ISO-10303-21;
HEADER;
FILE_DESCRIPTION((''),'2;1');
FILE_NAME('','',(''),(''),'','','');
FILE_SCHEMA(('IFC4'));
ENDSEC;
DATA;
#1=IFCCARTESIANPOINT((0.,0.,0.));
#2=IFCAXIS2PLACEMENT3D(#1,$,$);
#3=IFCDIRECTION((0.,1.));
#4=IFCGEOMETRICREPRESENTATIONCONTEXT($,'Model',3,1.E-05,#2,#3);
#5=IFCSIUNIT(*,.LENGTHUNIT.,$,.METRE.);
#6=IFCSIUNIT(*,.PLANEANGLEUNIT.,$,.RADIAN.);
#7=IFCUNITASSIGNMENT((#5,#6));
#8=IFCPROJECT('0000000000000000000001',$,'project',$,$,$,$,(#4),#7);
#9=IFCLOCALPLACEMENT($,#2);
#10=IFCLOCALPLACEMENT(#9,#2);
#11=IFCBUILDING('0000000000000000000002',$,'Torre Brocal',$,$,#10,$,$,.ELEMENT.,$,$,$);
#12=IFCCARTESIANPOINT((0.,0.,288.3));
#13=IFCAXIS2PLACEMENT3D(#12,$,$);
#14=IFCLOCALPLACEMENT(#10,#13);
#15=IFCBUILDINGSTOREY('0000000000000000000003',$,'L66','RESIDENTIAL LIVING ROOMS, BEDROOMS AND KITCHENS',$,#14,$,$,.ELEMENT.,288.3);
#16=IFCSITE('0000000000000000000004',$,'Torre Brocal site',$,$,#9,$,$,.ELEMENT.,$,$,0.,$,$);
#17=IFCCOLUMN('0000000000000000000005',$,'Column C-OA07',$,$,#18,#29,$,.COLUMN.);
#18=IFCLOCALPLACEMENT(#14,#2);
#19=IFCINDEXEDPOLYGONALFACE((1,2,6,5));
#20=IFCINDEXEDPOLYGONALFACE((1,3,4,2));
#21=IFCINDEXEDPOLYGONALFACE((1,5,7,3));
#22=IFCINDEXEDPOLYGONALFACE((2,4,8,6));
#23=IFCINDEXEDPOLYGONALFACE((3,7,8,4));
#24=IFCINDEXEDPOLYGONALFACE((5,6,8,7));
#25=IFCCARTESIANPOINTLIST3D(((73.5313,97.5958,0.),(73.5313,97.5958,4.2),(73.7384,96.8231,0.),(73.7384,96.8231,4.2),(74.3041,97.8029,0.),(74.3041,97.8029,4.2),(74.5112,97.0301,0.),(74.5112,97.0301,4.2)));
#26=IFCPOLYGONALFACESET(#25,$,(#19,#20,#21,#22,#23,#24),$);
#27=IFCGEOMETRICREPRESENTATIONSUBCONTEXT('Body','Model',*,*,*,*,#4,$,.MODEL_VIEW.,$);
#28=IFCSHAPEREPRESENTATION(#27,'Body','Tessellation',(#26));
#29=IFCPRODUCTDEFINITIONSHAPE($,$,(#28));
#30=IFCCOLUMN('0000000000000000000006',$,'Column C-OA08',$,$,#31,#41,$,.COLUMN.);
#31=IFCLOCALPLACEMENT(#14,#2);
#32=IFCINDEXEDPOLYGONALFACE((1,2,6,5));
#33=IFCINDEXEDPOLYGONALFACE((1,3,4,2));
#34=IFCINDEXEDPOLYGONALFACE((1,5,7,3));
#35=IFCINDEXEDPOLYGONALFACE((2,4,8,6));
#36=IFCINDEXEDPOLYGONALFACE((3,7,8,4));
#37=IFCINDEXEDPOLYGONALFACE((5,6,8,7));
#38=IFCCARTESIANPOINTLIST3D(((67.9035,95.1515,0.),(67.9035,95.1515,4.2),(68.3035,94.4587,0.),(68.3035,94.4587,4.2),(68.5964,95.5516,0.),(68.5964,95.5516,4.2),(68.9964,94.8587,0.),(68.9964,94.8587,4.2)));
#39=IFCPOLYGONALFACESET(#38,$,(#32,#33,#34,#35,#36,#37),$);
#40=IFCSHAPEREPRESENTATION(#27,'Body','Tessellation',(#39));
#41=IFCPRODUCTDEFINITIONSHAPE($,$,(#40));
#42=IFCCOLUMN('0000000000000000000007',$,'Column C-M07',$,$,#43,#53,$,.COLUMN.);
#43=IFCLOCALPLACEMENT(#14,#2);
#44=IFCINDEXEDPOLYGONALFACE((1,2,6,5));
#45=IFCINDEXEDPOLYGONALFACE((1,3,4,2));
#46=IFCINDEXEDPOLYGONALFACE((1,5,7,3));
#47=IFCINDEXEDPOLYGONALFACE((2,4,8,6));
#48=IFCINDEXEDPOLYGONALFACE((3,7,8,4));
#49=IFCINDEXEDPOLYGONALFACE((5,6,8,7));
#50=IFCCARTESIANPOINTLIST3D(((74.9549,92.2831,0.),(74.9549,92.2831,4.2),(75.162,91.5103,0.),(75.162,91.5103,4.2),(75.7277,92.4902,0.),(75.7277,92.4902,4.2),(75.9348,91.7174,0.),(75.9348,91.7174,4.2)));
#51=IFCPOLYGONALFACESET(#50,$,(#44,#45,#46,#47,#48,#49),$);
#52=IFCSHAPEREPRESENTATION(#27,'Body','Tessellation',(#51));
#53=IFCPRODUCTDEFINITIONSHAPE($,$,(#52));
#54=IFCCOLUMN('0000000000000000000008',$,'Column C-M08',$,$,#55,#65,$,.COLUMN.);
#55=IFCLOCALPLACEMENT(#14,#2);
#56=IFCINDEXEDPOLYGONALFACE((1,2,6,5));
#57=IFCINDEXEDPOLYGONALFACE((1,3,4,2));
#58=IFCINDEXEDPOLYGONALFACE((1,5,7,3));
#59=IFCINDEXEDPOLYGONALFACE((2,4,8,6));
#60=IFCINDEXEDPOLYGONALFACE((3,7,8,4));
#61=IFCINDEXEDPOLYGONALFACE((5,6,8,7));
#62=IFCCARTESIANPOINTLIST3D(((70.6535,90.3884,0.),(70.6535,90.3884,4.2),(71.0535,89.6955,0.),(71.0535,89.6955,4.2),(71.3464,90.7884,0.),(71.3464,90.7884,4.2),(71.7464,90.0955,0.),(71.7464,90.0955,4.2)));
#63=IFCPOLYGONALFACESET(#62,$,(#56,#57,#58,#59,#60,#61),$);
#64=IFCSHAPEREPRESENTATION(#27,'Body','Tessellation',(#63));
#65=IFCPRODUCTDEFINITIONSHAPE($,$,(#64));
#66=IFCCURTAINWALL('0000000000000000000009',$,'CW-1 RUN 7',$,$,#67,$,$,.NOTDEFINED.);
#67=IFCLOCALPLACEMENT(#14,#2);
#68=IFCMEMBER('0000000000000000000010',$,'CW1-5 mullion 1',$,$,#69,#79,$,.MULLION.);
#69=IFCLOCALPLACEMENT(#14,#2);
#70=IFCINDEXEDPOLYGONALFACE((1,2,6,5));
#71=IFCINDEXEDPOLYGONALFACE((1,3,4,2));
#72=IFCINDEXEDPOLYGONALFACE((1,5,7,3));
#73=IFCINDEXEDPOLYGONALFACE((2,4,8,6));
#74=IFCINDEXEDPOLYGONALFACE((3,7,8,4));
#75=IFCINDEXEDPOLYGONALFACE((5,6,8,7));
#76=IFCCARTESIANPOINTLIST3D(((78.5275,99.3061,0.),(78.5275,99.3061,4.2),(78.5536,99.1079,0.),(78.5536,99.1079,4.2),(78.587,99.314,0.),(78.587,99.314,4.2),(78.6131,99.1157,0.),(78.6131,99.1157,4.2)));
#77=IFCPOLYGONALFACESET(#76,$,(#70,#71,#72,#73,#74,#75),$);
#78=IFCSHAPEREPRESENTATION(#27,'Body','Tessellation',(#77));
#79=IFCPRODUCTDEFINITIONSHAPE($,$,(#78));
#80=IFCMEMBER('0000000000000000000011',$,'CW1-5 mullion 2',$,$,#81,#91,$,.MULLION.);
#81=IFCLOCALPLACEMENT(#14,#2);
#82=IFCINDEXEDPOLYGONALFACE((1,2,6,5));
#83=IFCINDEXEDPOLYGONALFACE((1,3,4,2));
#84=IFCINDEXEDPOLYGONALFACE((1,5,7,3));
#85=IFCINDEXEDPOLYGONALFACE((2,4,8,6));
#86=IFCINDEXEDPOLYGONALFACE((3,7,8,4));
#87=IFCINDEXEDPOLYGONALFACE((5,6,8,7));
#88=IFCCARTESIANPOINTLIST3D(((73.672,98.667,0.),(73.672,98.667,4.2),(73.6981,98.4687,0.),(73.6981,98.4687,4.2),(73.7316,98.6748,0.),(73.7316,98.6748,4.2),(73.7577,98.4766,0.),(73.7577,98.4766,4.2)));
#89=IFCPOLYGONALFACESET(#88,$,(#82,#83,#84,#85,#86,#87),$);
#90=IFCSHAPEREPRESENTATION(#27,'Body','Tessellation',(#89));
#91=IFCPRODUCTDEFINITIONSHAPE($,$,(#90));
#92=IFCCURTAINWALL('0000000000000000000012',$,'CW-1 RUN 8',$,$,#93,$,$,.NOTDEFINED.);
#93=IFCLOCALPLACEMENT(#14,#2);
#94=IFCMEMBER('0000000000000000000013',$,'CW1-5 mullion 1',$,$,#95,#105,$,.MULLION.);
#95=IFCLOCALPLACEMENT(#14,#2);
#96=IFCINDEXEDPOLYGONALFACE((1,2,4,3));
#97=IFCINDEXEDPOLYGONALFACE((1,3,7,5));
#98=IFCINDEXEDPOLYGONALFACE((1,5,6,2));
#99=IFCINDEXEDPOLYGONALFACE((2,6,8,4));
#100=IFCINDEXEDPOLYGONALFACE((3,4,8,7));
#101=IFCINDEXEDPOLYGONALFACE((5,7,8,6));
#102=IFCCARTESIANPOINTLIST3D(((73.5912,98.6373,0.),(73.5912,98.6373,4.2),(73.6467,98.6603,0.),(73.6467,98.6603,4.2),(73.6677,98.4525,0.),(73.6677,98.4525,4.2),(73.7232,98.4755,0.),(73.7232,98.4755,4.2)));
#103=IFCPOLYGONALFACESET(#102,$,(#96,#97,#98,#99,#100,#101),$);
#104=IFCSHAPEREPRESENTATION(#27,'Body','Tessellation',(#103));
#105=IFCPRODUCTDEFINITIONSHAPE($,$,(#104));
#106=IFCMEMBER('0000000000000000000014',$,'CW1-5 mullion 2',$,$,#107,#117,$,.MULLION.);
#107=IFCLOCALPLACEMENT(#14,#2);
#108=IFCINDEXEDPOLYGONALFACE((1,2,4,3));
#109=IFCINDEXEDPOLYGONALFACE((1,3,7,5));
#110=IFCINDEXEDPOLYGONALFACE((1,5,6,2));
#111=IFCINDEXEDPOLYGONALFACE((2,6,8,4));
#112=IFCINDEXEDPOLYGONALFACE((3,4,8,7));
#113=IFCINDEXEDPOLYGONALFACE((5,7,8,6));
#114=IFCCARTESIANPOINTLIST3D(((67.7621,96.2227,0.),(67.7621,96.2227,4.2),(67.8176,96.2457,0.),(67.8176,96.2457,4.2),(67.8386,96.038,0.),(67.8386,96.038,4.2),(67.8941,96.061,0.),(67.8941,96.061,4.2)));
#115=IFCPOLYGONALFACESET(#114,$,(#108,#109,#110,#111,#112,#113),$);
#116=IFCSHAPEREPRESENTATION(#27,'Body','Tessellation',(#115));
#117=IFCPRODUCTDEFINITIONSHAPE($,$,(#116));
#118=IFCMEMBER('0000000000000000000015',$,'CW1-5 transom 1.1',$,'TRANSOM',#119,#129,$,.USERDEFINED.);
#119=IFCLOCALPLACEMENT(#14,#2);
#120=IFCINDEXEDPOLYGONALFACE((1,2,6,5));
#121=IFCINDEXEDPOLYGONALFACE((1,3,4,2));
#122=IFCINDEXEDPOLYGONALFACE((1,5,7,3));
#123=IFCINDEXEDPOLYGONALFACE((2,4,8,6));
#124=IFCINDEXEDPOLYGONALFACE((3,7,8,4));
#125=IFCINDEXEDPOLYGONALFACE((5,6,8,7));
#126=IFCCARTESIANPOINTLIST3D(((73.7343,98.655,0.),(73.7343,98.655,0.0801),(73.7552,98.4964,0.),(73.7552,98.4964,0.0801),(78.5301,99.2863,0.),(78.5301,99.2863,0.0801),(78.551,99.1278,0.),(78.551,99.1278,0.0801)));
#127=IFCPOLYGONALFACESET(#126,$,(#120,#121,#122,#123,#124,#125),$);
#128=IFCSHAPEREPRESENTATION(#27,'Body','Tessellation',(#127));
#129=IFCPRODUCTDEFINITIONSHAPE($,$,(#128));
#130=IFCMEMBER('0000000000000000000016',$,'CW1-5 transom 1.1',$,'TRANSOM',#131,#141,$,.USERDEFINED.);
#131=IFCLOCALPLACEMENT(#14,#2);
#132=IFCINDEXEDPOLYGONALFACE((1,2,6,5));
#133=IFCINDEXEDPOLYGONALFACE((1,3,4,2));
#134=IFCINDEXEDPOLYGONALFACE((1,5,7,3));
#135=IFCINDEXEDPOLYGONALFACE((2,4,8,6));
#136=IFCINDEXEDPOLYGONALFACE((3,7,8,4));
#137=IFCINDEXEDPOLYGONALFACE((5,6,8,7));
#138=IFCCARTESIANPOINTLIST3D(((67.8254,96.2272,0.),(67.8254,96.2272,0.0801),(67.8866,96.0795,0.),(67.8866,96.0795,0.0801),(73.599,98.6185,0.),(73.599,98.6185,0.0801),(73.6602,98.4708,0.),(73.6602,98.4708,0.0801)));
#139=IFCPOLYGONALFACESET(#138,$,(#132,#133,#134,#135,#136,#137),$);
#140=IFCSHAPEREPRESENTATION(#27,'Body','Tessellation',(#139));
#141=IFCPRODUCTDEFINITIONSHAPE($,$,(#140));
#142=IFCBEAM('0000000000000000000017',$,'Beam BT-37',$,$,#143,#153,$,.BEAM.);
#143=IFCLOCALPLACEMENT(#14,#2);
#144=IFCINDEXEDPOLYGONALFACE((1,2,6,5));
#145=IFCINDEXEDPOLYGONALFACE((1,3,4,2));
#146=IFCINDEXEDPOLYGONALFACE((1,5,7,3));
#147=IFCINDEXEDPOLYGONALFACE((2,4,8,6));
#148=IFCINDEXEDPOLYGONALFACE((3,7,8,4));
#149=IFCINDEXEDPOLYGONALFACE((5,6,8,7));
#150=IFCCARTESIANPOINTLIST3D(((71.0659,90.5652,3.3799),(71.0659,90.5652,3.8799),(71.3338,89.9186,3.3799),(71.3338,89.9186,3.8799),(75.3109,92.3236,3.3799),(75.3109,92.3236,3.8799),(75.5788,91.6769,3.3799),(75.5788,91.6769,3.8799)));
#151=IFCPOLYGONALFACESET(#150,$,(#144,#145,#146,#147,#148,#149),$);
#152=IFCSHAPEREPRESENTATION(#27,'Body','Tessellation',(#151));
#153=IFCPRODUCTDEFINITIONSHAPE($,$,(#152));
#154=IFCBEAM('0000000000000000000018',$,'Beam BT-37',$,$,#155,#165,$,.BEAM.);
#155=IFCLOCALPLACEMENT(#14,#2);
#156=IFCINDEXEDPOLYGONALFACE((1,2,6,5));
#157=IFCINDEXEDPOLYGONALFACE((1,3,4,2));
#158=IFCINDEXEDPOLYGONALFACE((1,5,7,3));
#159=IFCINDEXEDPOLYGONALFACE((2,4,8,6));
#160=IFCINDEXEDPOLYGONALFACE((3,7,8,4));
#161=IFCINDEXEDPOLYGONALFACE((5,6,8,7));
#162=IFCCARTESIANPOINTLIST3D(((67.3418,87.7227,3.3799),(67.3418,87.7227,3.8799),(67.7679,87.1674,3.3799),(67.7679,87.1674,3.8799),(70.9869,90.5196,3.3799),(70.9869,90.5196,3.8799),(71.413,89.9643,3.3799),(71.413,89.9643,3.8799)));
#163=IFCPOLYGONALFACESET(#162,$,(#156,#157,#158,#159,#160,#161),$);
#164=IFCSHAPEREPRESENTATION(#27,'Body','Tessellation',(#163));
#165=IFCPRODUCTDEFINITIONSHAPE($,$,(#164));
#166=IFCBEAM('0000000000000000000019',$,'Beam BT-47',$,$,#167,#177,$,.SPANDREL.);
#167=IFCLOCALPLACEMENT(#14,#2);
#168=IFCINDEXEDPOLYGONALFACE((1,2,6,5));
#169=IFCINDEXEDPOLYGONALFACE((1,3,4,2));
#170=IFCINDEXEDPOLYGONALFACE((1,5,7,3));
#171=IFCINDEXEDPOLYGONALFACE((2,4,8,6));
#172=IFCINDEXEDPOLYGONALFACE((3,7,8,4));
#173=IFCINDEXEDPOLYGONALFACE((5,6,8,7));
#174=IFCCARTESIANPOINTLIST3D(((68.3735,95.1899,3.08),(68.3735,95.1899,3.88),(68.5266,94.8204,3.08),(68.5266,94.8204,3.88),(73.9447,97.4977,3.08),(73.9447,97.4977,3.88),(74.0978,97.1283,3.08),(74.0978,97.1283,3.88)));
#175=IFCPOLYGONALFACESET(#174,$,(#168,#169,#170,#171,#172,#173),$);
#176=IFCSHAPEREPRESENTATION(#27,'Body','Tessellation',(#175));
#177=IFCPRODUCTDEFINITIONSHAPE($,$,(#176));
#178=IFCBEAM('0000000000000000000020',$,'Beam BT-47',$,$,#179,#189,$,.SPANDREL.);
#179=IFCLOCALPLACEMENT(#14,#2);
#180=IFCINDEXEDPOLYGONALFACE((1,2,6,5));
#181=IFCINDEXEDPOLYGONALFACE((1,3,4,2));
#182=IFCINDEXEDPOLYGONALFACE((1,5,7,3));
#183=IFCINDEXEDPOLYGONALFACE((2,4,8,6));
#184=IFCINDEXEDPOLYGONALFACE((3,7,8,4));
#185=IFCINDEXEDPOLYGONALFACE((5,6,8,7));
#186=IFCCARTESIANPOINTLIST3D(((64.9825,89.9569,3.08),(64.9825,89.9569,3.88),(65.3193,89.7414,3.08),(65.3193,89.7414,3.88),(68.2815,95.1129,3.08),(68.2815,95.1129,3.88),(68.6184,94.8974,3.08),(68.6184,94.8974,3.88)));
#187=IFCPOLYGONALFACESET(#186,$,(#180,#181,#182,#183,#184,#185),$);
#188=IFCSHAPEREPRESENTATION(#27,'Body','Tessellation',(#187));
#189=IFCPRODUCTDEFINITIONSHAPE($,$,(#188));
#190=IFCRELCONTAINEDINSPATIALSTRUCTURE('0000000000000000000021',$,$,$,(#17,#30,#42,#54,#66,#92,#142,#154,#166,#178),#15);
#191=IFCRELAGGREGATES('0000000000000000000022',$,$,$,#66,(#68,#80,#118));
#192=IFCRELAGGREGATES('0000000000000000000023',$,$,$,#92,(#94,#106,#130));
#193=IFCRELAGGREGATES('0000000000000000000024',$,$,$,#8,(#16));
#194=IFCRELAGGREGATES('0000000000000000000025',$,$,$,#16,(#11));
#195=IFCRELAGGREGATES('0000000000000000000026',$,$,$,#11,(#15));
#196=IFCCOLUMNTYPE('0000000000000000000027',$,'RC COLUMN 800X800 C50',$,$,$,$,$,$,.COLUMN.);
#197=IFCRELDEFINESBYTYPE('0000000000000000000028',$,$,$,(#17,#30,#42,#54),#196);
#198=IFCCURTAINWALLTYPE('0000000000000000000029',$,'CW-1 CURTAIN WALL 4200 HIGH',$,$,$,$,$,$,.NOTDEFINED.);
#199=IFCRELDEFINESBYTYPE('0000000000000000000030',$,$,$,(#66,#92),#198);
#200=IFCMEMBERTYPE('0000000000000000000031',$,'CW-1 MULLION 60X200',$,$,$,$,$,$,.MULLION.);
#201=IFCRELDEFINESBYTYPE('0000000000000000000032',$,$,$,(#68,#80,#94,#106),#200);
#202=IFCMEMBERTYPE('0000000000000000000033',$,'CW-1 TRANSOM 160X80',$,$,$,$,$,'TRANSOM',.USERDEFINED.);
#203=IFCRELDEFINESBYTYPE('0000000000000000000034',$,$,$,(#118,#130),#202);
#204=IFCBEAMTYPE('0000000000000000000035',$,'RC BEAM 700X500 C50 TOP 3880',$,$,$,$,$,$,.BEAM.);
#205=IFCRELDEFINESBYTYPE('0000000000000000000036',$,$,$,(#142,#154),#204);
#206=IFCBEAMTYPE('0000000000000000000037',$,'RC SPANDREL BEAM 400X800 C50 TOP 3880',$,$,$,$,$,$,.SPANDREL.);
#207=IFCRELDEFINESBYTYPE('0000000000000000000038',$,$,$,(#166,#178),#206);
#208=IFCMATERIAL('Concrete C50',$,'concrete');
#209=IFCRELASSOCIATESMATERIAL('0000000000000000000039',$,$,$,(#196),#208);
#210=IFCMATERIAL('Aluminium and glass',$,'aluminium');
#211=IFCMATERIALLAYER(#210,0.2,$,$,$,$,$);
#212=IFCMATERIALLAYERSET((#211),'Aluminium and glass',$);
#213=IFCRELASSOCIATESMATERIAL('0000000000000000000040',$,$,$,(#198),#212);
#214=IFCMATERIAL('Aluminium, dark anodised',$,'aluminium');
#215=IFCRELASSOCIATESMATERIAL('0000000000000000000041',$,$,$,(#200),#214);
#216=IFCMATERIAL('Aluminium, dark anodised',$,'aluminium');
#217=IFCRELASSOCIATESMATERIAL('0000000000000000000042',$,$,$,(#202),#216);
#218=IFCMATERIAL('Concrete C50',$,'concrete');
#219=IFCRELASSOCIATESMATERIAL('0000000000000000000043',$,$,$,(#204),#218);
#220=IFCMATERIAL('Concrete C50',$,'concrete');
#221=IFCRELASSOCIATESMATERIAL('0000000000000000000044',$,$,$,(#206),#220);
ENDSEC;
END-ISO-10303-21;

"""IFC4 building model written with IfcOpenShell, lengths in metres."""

from ifc_helpers import new_model, si_unit, direction, frame, origin, origin_2d, place, context, subcontext, project, spatial, rectangle, extrude, material, layer, layer_set, material_profile, profile_set, type_object, element, aggregate, save


model = new_model("IFC4")

# Units and contexts
model_context = context("Model", 3, precision=1e-05, world=origin(), true_north=direction((0.0, 1.0)))
body_context = subcontext(model_context, "Body", "Model", "MODEL_VIEW")
ifc_project = project(units=[si_unit("LENGTHUNIT", "METRE"), si_unit("PLANEANGLEUNIT", "RADIAN")], contexts=[model_context])

# Site, building, storey
site_placement = place(None, origin())
site = spatial("IfcSite", under=ifc_project, at=site_placement, Name="Torre Brocal site", CompositionType="ELEMENT", RefElevation=0.0)
building_placement = place(site_placement, origin())
building = spatial("IfcBuilding", under=site, at=building_placement, Name="Torre Brocal", CompositionType="ELEMENT")
storey_placement = place(building_placement, frame((0.0, 0.0, 288.3)))
storey = spatial("IfcBuildingStorey", under=building, at=storey_placement, Name="L66", Description="RESIDENTIAL LIVING ROOMS, BEDROOMS AND KITCHENS", CompositionType="ELEMENT", Elevation=288.3)

# Columns
ifc_material_1 = material(Name="Concrete C50", Category="concrete")
ifc_material_profile_1 = material_profile(ifc_material_1, rectangle(XDim=0.8, YDim=0.8, at=origin_2d()), Name="RC 800X800")
ifc_profile_set_1 = profile_set([ifc_material_profile_1], Name="Concrete C50")
column_type = type_object("IfcColumnType", Name="RC COLUMN 800X800 C50", PredefinedType="COLUMN", material=ifc_profile_set_1)
for number, where, z_axis, x_axis, name in (
    (1, (74.0212, 97.313, 0.0), (0.0, 0.0, 1.0), (-0.258819, 0.965926, 0.0), "Column C-OA07"),
    (2, (68.45, 95.0051, 0.0), (0.0, 0.0, 1.0), (-0.5, 0.866025, 0.0), "Column C-OA08"),
    (3, (75.4448, 92.0002, 0.0), (0.0, 0.0, 1.0), (-0.258819, 0.965926, 0.0), "Column C-M07"),
    (4, (71.2, 90.2419, 0.0), (0.0, 0.0, 1.0), (-0.5, 0.866025, 0.0), "Column C-M08"),
):
    element("IfcColumn", number, at=place(storey_placement, frame(where, z_axis=z_axis, x_axis=x_axis)), inside=storey, type_object=column_type, Name=name, PredefinedType="COLUMN", context=body_context, shape_type="SweptSolid", body=[
        extrude(rectangle(XDim=0.8, YDim=0.8, at=origin_2d()), origin(), (0.0, 0.0, 1.0), 4.2),
    ])

# Curtain walls, members
ifc_material_2 = material(Name="Aluminium and glass", Category="aluminium")
ifc_layer_1 = layer(ifc_material_2, 0.2)
ifc_layer_set_1 = layer_set([ifc_layer_1], Name="Aluminium and glass")
curtain_wall_type = type_object("IfcCurtainWallType", Name="CW-1 CURTAIN WALL 4200 HIGH", PredefinedType="NOTDEFINED", material=ifc_layer_set_1)
curtain_wall_1_placement = place(storey_placement, origin())
curtain_wall_1 = element("IfcCurtainWall", 5, at=curtain_wall_1_placement, inside=storey, type_object=curtain_wall_type, Name="CW-1 RUN 7", PredefinedType="NOTDEFINED")
ifc_material_3 = material(Name="Aluminium, dark anodised", Category="aluminium")
ifc_material_profile_2 = material_profile(ifc_material_3, rectangle(XDim=0.2, YDim=0.0601, at=origin_2d()), Name="CW-1 MULLION 60X200")
ifc_profile_set_2 = profile_set([ifc_material_profile_2], Name="Aluminium, dark anodised")
member_type_1 = type_object("IfcMemberType", Name="CW-1 MULLION 60X200", PredefinedType="MULLION", material=ifc_profile_set_2)
member_1_placement = place(storey_placement, frame((78.5703, 99.2109, 0.0), z_axis=(0.0, 0.0, 1.0), x_axis=(0.130526, -0.991445, 0.0)))
member_1 = element("IfcMember", 6, at=member_1_placement, type_object=member_type_1, Name="CW1-5 mullion 1", PredefinedType="MULLION", context=body_context, shape_type="SweptSolid", body=[
    extrude(rectangle(XDim=0.2, YDim=0.0601, at=origin_2d()), origin(), (0.0, 0.0, 1.0), 4.2),
])
member_2_placement = place(storey_placement, frame((73.7148, 98.5718, 0.0), z_axis=(0.0, 0.0, 1.0), x_axis=(0.130526, -0.991445, 0.0)))
member_2 = element("IfcMember", 7, at=member_2_placement, type_object=member_type_1, Name="CW1-5 mullion 2", PredefinedType="MULLION", context=body_context, shape_type="SweptSolid", body=[
    extrude(rectangle(XDim=0.2, YDim=0.0601, at=origin_2d()), origin(), (0.0, 0.0, 1.0), 4.2),
])
curtain_wall_2_placement = place(storey_placement, origin())
curtain_wall_2 = element("IfcCurtainWall", 8, at=curtain_wall_2_placement, inside=storey, type_object=curtain_wall_type, Name="CW-1 RUN 8", PredefinedType="NOTDEFINED")
member_3_placement = place(storey_placement, frame((73.6572, 98.5564, 0.0), z_axis=(0.0, 0.0, 1.0), x_axis=(0.382683, -0.92388, 0.0)))
member_3 = element("IfcMember", 9, at=member_3_placement, type_object=member_type_1, Name="CW1-5 mullion 1", PredefinedType="MULLION", context=body_context, shape_type="SweptSolid", body=[
    extrude(rectangle(XDim=0.2, YDim=0.0601, at=origin_2d()), origin(), (0.0, 0.0, 1.0), 4.2),
])
member_4_placement = place(storey_placement, frame((67.8281, 96.1418, 0.0), z_axis=(0.0, 0.0, 1.0), x_axis=(0.382683, -0.92388, 0.0)))
member_4 = element("IfcMember", 10, at=member_4_placement, type_object=member_type_1, Name="CW1-5 mullion 2", PredefinedType="MULLION", context=body_context, shape_type="SweptSolid", body=[
    extrude(rectangle(XDim=0.2, YDim=0.0601, at=origin_2d()), origin(), (0.0, 0.0, 1.0), 4.2),
])

# Members
ifc_material_4 = material(Name="Aluminium, dark anodised", Category="aluminium")
ifc_material_profile_3 = material_profile(ifc_material_4, rectangle(XDim=0.1599, YDim=0.0801, at=origin_2d()), Name="CW-1 TRANSOM 160X80")
ifc_profile_set_3 = profile_set([ifc_material_profile_3], Name="Aluminium, dark anodised")
member_type_2 = type_object("IfcMemberType", Name="CW-1 TRANSOM 160X80", ElementType="TRANSOM", PredefinedType="USERDEFINED", material=ifc_profile_set_3)
member_5_placement = place(storey_placement, frame((78.5405, 99.207, 0.04), z_axis=(-0.991446, -0.130517, 0.0), x_axis=(0.130517, -0.991446, 0.0)))
member_5 = element("IfcMember", 11, at=member_5_placement, type_object=member_type_2, Name="CW1-5 transom 1.1", ObjectType="TRANSOM", PredefinedType="USERDEFINED", context=body_context, shape_type="SweptSolid", body=[
    extrude(rectangle(XDim=0.1599, YDim=0.0801, at=origin_2d()), origin(), (0.0, 0.0, 1.0), 4.8372),
])
member_6_placement = place(storey_placement, frame((73.6296, 98.5447, 0.04), z_axis=(-0.92389, -0.382659, 0.0), x_axis=(0.382659, -0.92389, 0.0)))
member_6 = element("IfcMember", 12, at=member_6_placement, type_object=member_type_2, Name="CW1-5 transom 1.1", ObjectType="TRANSOM", PredefinedType="USERDEFINED", context=body_context, shape_type="SweptSolid", body=[
    extrude(rectangle(XDim=0.1599, YDim=0.0801, at=origin_2d()), origin(), (0.0, 0.0, 1.0), 6.2493),
])

# Beams
ifc_material_5 = material(Name="Concrete C50", Category="concrete")
ifc_material_profile_4 = material_profile(ifc_material_5, rectangle(XDim=0.7, YDim=0.5, at=origin_2d()), Name="RC 700X500")
ifc_profile_set_4 = profile_set([ifc_material_profile_4], Name="Concrete C50")
beam_type_1 = type_object("IfcBeamType", Name="RC BEAM 700X500 C50 TOP 3880", PredefinedType="BEAM", material=ifc_profile_set_4)
beam_1_placement = place(storey_placement, frame((75.4448, 92.0002, 3.6299), z_axis=(-0.923878, -0.382687, 0.0), x_axis=(0.382687, -0.923878, 0.0)))
element("IfcBeam", 13, at=beam_1_placement, inside=storey, type_object=beam_type_1, Name="Beam BT-37", PredefinedType="BEAM", context=body_context, shape_type="SweptSolid", body=[
    extrude(rectangle(XDim=0.7, YDim=0.5, at=origin_2d()), origin(), (0.0, 0.0, 1.0), 4.5947),
])
beam_2_placement = place(storey_placement, frame((71.2, 90.2419, 3.6299), z_axis=(-0.793358, -0.608755, 0.0), x_axis=(0.608755, -0.793358, 0.0)))
element("IfcBeam", 14, at=beam_2_placement, inside=storey, type_object=beam_type_1, Name="Beam BT-37", PredefinedType="BEAM", context=body_context, shape_type="SweptSolid", body=[
    extrude(rectangle(XDim=0.7, YDim=0.5, at=origin_2d()), origin(), (0.0, 0.0, 1.0), 4.5945),
])
ifc_material_6 = material(Name="Concrete C50", Category="concrete")
ifc_material_profile_5 = material_profile(ifc_material_6, rectangle(XDim=0.3999, YDim=0.8, at=origin_2d()), Name="RC 400X800")
ifc_profile_set_5 = profile_set([ifc_material_profile_5], Name="Concrete C50")
beam_type_2 = type_object("IfcBeamType", Name="RC SPANDREL BEAM 400X800 C50 TOP 3880", PredefinedType="SPANDREL", material=ifc_profile_set_5)
beam_3_placement = place(storey_placement, frame((74.0212, 97.313, 3.48), z_axis=(-0.92387, -0.382706, 0.0), x_axis=(0.382706, -0.92387, 0.0)))
element("IfcBeam", 15, at=beam_3_placement, inside=storey, type_object=beam_type_2, Name="Beam BT-47", PredefinedType="SPANDREL", context=body_context, shape_type="SweptSolid", body=[
    extrude(rectangle(XDim=0.3999, YDim=0.8, at=origin_2d()), origin(), (0.0, 0.0, 1.0), 6.0303),
])
beam_4_placement = place(storey_placement, frame((68.45, 95.0051, 3.48), z_axis=(-0.538964, -0.842329, 0.0), x_axis=(0.842329, -0.538964, 0.0)))
element("IfcBeam", 16, at=beam_4_placement, inside=storey, type_object=beam_type_2, Name="Beam BT-47", PredefinedType="SPANDREL", context=body_context, shape_type="SweptSolid", body=[
    extrude(rectangle(XDim=0.3999, YDim=0.8, at=origin_2d()), origin(), (0.0, 0.0, 1.0), 6.1211),
])

aggregate(curtain_wall_1, [member_1, member_2, member_5])
aggregate(curtain_wall_2, [member_3, member_4, member_6])

save(model, "model.ifc")
